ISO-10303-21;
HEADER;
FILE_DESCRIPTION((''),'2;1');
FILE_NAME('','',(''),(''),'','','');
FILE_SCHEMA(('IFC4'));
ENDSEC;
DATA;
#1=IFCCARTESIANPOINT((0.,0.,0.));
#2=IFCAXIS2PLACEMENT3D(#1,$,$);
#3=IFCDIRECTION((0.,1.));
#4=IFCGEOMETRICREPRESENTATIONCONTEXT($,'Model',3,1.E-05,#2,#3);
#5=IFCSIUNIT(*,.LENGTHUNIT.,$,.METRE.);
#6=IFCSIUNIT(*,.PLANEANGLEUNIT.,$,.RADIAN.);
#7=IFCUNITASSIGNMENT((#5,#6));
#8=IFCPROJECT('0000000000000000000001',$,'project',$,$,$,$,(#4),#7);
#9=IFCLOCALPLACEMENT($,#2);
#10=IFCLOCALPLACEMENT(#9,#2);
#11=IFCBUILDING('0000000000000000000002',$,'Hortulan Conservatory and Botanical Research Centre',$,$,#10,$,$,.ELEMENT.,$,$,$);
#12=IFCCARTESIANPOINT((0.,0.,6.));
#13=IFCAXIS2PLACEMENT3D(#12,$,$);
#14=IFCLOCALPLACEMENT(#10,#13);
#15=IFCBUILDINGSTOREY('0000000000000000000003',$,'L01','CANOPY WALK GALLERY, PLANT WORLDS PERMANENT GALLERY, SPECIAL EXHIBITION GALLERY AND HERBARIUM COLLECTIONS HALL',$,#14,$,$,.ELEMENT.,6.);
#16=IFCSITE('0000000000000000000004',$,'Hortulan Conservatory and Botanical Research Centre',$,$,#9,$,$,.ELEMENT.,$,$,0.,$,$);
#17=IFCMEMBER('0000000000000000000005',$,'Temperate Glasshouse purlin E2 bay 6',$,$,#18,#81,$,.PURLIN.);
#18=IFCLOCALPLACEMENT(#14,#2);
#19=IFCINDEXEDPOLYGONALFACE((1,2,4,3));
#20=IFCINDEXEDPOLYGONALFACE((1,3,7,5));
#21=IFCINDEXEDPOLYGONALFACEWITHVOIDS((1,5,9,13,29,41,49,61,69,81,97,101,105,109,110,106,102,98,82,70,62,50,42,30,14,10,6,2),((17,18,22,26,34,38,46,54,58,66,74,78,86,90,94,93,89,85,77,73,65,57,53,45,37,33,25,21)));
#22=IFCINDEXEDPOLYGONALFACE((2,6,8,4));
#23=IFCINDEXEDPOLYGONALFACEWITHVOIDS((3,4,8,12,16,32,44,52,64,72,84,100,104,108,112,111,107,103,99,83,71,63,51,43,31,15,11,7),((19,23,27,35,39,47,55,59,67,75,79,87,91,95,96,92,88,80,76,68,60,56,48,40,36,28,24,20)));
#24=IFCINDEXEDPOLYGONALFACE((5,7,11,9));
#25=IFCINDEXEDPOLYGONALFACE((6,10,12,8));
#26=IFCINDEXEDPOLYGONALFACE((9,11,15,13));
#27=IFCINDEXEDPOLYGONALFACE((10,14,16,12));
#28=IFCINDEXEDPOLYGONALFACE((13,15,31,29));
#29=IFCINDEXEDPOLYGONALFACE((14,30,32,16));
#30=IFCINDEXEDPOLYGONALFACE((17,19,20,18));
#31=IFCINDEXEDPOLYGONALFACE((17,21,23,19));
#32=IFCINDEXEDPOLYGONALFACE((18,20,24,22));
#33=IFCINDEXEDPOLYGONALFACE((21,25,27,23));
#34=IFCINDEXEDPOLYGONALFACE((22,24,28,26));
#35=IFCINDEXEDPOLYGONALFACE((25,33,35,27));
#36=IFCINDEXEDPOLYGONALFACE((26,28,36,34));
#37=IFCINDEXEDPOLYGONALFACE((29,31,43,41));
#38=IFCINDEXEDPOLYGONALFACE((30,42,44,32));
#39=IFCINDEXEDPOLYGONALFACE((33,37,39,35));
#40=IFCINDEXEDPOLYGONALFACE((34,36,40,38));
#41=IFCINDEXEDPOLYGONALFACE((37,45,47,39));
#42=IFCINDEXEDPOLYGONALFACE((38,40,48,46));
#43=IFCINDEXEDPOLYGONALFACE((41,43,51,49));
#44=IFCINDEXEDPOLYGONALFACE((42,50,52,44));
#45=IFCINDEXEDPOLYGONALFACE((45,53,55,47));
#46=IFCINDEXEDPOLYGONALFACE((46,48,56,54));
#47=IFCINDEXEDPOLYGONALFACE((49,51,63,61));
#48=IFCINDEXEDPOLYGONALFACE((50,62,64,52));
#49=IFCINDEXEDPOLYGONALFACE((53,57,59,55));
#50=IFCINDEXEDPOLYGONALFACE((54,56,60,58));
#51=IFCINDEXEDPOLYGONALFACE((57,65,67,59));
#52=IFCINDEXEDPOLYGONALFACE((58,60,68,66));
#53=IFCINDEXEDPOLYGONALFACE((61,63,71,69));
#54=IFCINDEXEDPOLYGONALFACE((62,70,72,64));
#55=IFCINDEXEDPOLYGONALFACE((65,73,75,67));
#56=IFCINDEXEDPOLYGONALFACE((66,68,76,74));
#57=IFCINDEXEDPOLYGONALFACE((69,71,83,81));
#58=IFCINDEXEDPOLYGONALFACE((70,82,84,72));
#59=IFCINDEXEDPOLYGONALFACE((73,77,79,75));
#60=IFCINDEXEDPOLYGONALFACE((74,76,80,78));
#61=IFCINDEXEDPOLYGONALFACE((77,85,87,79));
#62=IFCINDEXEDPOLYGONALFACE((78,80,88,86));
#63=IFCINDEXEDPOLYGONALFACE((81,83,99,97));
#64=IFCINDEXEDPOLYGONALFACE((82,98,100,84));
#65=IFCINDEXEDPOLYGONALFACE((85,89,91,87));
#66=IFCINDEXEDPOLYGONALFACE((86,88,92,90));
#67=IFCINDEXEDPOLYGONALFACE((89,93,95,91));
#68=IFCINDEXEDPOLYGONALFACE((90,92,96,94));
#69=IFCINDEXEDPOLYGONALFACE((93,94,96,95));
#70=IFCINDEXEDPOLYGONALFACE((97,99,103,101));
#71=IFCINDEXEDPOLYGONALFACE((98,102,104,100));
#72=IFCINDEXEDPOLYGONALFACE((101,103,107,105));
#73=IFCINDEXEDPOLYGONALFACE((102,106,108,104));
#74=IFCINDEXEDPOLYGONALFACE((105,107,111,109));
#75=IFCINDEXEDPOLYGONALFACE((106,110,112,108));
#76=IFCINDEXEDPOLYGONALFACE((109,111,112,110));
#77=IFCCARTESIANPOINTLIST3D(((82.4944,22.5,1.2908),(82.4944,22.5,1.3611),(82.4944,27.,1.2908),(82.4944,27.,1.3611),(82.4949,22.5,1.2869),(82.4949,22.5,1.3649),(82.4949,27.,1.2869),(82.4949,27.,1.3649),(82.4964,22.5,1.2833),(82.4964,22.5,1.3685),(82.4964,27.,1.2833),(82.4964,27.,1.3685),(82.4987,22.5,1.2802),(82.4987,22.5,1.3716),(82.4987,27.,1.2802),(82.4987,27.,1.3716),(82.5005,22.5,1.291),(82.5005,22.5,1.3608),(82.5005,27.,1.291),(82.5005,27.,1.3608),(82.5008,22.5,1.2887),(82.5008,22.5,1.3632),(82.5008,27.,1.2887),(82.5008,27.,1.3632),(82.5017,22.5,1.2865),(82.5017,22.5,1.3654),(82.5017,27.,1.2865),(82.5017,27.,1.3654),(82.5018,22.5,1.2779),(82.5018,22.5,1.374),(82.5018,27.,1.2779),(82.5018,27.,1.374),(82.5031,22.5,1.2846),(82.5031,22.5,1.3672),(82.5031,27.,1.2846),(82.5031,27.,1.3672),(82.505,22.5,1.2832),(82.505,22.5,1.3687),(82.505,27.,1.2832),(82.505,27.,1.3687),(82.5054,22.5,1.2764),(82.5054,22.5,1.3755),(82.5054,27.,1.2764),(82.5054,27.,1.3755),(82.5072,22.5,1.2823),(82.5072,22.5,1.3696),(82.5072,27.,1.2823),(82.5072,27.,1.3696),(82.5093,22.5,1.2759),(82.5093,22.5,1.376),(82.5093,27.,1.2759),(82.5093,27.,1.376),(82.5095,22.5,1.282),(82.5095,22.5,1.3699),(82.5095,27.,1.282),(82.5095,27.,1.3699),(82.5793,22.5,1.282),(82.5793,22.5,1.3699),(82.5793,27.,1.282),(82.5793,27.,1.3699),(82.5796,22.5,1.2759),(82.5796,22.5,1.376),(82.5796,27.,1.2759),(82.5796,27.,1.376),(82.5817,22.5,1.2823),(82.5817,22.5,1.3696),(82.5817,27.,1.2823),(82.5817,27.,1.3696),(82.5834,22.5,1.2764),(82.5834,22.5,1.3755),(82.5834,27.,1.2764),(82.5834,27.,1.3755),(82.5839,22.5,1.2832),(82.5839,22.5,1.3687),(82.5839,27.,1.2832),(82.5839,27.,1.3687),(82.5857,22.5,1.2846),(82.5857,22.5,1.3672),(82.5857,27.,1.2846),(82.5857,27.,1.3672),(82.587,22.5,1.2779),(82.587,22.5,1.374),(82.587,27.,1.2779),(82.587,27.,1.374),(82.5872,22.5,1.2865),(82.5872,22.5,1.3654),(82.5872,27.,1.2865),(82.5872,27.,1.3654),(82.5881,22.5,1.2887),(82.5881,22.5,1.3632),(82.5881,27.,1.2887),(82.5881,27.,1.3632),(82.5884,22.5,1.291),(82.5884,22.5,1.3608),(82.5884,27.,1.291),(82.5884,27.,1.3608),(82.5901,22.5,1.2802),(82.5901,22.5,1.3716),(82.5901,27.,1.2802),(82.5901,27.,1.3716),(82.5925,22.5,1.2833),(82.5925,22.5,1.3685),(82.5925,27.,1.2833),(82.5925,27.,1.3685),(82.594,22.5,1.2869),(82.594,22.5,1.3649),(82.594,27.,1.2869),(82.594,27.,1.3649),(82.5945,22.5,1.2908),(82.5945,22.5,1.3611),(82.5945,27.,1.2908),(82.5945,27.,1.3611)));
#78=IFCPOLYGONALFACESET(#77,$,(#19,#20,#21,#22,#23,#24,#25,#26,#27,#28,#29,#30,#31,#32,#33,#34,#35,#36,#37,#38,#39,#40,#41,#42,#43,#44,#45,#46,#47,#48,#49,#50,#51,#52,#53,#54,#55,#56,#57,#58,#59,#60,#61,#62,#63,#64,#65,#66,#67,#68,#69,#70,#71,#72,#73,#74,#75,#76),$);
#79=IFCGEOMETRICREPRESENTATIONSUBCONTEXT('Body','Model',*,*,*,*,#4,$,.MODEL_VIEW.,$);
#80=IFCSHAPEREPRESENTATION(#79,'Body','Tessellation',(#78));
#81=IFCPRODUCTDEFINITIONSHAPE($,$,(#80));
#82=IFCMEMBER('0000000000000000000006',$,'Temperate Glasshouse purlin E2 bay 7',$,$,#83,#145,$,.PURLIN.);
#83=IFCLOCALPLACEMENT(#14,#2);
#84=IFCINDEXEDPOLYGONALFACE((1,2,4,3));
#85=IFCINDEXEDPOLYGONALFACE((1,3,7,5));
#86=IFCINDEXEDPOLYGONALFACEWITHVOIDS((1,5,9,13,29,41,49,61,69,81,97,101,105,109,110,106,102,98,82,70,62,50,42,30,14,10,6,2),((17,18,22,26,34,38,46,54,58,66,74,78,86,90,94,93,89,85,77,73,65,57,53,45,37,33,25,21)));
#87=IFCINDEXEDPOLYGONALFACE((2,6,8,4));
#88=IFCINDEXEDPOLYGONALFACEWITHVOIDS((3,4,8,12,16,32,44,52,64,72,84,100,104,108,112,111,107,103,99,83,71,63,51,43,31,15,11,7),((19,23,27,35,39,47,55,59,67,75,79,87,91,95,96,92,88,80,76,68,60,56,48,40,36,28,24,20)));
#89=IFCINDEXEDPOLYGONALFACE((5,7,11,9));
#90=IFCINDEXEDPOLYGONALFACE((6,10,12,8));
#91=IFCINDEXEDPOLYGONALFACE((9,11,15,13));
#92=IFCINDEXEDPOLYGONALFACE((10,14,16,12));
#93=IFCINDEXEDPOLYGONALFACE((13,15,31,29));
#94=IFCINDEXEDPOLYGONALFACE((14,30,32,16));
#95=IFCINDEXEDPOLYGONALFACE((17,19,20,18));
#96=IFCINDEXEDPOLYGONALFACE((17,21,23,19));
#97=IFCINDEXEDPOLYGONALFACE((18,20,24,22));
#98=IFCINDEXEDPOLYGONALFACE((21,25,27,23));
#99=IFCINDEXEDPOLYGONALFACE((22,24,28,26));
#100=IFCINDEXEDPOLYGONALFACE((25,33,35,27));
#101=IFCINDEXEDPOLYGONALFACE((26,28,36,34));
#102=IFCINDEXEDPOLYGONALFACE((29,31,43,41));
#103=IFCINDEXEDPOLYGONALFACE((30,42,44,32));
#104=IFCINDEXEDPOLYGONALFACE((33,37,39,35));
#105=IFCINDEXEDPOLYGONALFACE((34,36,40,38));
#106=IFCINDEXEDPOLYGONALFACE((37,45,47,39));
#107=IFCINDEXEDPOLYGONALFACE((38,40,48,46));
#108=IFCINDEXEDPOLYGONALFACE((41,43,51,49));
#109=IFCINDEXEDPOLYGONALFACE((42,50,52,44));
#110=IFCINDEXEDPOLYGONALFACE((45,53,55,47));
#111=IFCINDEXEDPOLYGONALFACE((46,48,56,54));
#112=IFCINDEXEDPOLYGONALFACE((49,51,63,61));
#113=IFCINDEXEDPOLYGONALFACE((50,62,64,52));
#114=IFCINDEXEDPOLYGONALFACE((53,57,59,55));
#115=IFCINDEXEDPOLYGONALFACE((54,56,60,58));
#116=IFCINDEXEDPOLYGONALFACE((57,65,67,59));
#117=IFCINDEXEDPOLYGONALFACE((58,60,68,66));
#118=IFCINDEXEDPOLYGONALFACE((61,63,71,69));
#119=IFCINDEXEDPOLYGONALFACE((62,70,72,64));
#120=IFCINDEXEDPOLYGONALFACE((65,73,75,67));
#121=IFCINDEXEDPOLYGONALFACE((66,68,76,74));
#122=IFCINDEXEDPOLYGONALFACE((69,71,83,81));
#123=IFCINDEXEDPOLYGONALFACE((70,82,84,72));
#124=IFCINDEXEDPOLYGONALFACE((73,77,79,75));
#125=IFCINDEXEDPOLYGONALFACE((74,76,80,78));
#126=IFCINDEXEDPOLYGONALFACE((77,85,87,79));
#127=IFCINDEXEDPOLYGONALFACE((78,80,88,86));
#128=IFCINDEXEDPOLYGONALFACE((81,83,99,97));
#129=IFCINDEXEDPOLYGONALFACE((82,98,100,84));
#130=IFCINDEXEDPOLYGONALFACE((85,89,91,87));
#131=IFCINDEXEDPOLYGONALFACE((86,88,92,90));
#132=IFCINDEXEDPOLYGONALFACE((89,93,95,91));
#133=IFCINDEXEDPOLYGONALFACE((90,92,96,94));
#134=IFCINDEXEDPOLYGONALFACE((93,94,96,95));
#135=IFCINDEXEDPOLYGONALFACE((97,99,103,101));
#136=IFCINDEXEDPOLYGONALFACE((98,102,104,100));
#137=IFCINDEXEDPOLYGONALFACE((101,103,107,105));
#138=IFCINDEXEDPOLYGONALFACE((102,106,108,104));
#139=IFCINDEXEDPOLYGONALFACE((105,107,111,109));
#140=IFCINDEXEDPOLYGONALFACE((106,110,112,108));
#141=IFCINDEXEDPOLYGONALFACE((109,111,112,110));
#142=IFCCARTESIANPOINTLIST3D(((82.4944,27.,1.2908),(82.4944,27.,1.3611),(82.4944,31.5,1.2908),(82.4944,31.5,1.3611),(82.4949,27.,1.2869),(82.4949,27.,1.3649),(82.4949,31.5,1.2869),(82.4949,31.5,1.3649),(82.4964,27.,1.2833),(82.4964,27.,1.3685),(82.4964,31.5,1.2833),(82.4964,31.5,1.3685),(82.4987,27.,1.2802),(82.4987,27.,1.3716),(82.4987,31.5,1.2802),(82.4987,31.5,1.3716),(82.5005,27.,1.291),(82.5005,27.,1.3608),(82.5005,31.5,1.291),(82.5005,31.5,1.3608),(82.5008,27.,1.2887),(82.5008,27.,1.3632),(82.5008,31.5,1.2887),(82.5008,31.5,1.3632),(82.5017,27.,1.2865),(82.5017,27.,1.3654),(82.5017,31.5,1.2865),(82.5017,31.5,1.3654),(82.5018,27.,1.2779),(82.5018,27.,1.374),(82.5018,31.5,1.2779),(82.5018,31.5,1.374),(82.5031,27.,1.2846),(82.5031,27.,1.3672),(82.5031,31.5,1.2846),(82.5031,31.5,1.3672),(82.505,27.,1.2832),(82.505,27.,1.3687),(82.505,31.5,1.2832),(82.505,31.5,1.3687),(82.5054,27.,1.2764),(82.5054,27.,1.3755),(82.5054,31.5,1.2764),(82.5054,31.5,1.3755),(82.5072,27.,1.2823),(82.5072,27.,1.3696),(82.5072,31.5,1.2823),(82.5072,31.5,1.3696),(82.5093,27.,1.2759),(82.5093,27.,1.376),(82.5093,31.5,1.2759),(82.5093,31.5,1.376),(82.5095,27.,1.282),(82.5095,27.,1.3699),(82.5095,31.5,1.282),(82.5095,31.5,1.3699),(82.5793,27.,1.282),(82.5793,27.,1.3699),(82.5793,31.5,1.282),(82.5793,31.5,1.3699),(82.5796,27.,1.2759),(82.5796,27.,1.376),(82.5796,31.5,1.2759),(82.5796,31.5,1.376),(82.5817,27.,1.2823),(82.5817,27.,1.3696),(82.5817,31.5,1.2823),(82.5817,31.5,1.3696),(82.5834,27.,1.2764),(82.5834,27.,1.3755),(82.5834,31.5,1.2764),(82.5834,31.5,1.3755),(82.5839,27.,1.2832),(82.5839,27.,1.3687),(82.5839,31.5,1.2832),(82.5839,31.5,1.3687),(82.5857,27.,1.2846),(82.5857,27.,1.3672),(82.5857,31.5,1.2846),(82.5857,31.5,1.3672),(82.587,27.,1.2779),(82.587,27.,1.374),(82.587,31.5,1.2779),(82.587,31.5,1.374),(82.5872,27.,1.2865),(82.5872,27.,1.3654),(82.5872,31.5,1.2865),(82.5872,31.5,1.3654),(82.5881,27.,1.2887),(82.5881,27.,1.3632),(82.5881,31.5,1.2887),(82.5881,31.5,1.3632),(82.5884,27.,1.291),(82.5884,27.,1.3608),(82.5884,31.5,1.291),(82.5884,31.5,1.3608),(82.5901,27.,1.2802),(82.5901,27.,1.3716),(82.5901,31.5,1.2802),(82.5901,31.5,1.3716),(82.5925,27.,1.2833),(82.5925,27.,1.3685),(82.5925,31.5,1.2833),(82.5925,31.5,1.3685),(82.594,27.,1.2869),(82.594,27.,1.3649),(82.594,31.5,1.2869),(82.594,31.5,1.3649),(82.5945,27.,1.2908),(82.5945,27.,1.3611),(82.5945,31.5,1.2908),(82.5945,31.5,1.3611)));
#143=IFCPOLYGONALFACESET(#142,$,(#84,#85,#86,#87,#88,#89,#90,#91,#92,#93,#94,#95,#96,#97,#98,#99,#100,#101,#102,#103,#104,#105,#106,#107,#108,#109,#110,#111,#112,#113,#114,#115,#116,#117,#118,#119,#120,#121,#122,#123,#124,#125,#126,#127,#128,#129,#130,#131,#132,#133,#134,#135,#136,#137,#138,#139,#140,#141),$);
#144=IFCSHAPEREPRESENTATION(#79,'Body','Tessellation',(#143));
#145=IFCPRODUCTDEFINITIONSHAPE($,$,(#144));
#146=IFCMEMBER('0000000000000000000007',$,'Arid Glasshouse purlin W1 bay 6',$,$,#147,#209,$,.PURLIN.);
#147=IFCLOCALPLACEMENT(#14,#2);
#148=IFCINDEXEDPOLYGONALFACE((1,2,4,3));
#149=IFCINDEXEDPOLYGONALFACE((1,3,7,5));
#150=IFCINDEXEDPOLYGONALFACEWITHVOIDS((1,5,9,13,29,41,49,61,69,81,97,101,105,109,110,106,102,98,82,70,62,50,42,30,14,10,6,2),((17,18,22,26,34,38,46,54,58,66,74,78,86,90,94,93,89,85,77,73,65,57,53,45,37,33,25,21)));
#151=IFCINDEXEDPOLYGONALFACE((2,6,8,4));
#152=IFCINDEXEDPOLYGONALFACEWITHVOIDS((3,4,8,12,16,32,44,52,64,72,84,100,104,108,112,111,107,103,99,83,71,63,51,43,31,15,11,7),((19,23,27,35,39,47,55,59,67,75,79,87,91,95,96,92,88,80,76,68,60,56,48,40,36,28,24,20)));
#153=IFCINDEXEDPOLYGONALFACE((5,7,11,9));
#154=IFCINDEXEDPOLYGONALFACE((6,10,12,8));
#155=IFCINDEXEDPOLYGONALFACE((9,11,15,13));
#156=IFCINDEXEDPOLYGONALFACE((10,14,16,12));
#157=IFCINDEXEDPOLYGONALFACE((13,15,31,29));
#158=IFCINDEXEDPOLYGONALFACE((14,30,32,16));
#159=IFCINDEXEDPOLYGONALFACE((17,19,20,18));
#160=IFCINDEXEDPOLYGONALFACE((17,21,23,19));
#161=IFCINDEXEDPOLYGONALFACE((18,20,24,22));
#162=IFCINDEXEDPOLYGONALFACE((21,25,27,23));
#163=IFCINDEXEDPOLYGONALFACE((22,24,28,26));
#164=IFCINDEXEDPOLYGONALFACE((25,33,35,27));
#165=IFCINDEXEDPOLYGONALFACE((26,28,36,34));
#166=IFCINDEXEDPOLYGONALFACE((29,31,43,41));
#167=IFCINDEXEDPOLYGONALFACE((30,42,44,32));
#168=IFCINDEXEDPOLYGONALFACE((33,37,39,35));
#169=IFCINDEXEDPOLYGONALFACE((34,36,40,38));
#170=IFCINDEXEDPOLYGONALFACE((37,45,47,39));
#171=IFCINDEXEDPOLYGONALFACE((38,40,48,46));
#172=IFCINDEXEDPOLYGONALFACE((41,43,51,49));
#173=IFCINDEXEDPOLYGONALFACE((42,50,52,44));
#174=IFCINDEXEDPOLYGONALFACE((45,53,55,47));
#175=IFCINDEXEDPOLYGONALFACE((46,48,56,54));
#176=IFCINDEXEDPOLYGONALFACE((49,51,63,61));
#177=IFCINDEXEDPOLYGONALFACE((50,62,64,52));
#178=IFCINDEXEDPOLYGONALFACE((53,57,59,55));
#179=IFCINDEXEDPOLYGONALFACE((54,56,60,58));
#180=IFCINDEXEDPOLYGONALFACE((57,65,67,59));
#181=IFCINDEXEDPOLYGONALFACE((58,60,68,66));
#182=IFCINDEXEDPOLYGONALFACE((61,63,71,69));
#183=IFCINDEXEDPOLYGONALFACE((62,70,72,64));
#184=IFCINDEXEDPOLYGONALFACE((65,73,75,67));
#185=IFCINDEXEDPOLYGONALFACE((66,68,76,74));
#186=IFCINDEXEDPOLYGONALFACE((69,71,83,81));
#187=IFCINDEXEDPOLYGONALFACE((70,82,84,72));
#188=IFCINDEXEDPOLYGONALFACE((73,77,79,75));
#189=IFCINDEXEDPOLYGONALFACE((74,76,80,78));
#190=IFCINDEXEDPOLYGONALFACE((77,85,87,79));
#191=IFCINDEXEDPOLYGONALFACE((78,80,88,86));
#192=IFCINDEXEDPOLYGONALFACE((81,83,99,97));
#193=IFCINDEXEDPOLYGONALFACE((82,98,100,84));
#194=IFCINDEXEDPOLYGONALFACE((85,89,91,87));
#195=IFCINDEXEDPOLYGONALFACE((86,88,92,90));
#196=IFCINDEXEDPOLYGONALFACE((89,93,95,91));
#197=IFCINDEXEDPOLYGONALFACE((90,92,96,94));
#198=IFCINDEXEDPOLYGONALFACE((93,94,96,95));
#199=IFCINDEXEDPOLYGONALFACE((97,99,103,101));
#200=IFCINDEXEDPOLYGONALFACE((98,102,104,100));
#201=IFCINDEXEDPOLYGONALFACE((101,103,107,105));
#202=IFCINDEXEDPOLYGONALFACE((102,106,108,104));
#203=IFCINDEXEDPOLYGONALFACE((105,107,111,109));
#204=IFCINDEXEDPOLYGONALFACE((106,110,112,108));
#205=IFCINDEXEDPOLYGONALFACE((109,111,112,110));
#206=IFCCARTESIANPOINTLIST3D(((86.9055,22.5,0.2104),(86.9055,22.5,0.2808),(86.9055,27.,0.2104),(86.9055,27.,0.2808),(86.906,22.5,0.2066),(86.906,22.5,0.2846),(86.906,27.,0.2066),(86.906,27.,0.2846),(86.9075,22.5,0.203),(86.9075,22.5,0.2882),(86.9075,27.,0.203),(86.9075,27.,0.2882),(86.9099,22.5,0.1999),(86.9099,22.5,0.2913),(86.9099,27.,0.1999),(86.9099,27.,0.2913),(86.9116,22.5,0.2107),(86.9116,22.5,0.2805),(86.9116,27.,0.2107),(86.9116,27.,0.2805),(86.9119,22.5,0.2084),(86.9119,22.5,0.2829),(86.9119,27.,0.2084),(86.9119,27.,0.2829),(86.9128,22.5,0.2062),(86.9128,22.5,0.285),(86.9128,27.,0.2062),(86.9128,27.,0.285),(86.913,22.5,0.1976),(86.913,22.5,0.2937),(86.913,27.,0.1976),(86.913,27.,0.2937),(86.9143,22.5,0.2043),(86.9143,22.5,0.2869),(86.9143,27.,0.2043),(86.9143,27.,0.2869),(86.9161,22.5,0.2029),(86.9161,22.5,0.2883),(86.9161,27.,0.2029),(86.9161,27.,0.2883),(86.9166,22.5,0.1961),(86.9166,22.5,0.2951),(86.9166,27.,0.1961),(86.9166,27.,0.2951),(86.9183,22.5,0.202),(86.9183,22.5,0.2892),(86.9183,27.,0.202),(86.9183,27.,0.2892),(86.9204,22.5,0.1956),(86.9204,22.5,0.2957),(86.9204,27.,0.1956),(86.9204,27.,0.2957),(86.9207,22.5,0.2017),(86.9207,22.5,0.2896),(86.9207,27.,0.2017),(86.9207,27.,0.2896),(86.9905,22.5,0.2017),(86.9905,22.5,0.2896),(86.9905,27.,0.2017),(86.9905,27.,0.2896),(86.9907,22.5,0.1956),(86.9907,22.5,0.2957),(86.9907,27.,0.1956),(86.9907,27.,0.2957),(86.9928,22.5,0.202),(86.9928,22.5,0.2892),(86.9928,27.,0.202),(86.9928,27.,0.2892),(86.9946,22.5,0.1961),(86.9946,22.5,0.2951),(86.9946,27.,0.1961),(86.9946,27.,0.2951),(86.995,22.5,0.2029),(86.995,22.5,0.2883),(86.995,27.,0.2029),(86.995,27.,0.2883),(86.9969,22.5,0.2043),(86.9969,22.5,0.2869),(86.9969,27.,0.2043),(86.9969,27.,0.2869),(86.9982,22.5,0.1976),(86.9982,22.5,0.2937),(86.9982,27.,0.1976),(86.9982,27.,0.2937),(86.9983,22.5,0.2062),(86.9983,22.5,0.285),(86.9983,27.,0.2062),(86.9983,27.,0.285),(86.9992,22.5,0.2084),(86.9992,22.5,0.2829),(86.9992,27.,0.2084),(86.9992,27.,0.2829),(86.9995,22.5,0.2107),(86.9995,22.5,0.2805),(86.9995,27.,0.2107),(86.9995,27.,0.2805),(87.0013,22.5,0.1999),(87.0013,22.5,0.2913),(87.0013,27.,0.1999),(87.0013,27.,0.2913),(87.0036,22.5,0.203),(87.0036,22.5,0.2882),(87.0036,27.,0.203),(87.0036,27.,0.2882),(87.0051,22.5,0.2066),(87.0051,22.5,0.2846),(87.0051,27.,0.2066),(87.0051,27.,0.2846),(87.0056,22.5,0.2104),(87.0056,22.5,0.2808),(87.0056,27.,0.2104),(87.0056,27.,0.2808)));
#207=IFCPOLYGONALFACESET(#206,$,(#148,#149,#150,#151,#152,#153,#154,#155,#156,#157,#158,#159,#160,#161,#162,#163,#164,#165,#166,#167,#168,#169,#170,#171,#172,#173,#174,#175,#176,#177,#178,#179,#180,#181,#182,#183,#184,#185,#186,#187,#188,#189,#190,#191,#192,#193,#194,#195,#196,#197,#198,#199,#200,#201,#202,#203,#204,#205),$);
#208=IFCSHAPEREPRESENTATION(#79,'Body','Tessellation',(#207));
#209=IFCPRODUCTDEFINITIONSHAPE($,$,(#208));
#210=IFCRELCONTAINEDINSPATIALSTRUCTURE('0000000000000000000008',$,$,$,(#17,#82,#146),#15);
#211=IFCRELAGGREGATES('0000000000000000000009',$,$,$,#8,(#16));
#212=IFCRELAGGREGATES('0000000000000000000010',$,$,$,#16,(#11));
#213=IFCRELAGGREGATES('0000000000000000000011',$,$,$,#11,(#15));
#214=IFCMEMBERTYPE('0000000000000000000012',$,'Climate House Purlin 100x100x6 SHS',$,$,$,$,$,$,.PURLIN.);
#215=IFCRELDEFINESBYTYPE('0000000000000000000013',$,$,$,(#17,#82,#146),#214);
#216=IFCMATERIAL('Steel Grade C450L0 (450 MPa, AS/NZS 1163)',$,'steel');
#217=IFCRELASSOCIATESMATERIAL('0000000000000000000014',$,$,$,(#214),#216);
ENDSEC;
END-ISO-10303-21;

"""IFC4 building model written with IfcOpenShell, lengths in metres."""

from ifc_helpers import new_model, si_unit, direction, frame, origin, origin_2d, place, context, subcontext, project, spatial, hollow_rectangle, extrude, material, material_profile, profile_set, type_object, element, save


model = new_model("IFC4")

# Units and contexts
model_context = context("Model", 3, precision=1e-05, world=origin(), true_north=direction((0.0, 1.0)))
body_context = subcontext(model_context, "Body", "Model", "MODEL_VIEW")
ifc_project = project(units=[si_unit("LENGTHUNIT", "METRE"), si_unit("PLANEANGLEUNIT", "RADIAN")], contexts=[model_context])

# Site, building, storey
site_placement = place(None, origin())
site = spatial("IfcSite", under=ifc_project, at=site_placement, Name="Hortulan Conservatory and Botanical Research Centre", CompositionType="ELEMENT", RefElevation=0.0)
building_placement = place(site_placement, origin())
building = spatial("IfcBuilding", under=site, at=building_placement, Name="Hortulan Conservatory and Botanical Research Centre", CompositionType="ELEMENT")
storey_placement = place(building_placement, frame((0.0, 0.0, 6.0)))
storey = spatial("IfcBuildingStorey", under=building, at=storey_placement, Name="L01", Description="CANOPY WALK GALLERY, PLANT WORLDS PERMANENT GALLERY, SPECIAL EXHIBITION GALLERY AND HERBARIUM COLLECTIONS HALL", CompositionType="ELEMENT", Elevation=6.0)

# Members
ifc_material_1 = material(Name="Steel Grade C450L0 (450 MPa, AS/NZS 1163)", Category="steel")
ifc_material_profile_1 = material_profile(ifc_material_1, hollow_rectangle(XDim=0.1001, YDim=0.1001, WallThickness=0.0061, InnerFilletRadius=0.009, OuterFilletRadius=0.0149, at=origin_2d()), Name="100x100x6SHS")
ifc_profile_set_1 = profile_set([ifc_material_profile_1], Name="Steel Grade C450L0 (450 MPa, AS/NZS 1163)")
member_type_1 = type_object("IfcMemberType", Name="Climate House Purlin 100x100x6 SHS", PredefinedType="PURLIN", material=ifc_profile_set_1)
for number, where, z_axis, x_axis, name in (
    (1, (82.5444, 22.5, 1.3259), (0.0, 1.0, 0.0), (-1.0, 0.0, 0.0), "Temperate Glasshouse purlin E2 bay 6"),
    (2, (82.5444, 27.0, 1.3259), (0.0, 1.0, 0.0), (-1.0, 0.0, 0.0), "Temperate Glasshouse purlin E2 bay 7"),
    (3, (86.9556, 22.5, 0.2456), (0.0, 1.0, 0.0), (-1.0, 0.0, 0.0), "Arid Glasshouse purlin W1 bay 6"),
):
    element("IfcMember", number, at=place(storey_placement, frame(where, z_axis=z_axis, x_axis=x_axis)), inside=storey, type_object=member_type_1, Name=name, PredefinedType="PURLIN", context=body_context, shape_type="SweptSolid", body=[
        extrude(hollow_rectangle(XDim=0.1001, YDim=0.1001, WallThickness=0.0061, InnerFilletRadius=0.009, OuterFilletRadius=0.0149, at=origin_2d()), origin(), (0.0, 0.0, 1.0), 4.5),
    ])

save(model, "model.ifc")
